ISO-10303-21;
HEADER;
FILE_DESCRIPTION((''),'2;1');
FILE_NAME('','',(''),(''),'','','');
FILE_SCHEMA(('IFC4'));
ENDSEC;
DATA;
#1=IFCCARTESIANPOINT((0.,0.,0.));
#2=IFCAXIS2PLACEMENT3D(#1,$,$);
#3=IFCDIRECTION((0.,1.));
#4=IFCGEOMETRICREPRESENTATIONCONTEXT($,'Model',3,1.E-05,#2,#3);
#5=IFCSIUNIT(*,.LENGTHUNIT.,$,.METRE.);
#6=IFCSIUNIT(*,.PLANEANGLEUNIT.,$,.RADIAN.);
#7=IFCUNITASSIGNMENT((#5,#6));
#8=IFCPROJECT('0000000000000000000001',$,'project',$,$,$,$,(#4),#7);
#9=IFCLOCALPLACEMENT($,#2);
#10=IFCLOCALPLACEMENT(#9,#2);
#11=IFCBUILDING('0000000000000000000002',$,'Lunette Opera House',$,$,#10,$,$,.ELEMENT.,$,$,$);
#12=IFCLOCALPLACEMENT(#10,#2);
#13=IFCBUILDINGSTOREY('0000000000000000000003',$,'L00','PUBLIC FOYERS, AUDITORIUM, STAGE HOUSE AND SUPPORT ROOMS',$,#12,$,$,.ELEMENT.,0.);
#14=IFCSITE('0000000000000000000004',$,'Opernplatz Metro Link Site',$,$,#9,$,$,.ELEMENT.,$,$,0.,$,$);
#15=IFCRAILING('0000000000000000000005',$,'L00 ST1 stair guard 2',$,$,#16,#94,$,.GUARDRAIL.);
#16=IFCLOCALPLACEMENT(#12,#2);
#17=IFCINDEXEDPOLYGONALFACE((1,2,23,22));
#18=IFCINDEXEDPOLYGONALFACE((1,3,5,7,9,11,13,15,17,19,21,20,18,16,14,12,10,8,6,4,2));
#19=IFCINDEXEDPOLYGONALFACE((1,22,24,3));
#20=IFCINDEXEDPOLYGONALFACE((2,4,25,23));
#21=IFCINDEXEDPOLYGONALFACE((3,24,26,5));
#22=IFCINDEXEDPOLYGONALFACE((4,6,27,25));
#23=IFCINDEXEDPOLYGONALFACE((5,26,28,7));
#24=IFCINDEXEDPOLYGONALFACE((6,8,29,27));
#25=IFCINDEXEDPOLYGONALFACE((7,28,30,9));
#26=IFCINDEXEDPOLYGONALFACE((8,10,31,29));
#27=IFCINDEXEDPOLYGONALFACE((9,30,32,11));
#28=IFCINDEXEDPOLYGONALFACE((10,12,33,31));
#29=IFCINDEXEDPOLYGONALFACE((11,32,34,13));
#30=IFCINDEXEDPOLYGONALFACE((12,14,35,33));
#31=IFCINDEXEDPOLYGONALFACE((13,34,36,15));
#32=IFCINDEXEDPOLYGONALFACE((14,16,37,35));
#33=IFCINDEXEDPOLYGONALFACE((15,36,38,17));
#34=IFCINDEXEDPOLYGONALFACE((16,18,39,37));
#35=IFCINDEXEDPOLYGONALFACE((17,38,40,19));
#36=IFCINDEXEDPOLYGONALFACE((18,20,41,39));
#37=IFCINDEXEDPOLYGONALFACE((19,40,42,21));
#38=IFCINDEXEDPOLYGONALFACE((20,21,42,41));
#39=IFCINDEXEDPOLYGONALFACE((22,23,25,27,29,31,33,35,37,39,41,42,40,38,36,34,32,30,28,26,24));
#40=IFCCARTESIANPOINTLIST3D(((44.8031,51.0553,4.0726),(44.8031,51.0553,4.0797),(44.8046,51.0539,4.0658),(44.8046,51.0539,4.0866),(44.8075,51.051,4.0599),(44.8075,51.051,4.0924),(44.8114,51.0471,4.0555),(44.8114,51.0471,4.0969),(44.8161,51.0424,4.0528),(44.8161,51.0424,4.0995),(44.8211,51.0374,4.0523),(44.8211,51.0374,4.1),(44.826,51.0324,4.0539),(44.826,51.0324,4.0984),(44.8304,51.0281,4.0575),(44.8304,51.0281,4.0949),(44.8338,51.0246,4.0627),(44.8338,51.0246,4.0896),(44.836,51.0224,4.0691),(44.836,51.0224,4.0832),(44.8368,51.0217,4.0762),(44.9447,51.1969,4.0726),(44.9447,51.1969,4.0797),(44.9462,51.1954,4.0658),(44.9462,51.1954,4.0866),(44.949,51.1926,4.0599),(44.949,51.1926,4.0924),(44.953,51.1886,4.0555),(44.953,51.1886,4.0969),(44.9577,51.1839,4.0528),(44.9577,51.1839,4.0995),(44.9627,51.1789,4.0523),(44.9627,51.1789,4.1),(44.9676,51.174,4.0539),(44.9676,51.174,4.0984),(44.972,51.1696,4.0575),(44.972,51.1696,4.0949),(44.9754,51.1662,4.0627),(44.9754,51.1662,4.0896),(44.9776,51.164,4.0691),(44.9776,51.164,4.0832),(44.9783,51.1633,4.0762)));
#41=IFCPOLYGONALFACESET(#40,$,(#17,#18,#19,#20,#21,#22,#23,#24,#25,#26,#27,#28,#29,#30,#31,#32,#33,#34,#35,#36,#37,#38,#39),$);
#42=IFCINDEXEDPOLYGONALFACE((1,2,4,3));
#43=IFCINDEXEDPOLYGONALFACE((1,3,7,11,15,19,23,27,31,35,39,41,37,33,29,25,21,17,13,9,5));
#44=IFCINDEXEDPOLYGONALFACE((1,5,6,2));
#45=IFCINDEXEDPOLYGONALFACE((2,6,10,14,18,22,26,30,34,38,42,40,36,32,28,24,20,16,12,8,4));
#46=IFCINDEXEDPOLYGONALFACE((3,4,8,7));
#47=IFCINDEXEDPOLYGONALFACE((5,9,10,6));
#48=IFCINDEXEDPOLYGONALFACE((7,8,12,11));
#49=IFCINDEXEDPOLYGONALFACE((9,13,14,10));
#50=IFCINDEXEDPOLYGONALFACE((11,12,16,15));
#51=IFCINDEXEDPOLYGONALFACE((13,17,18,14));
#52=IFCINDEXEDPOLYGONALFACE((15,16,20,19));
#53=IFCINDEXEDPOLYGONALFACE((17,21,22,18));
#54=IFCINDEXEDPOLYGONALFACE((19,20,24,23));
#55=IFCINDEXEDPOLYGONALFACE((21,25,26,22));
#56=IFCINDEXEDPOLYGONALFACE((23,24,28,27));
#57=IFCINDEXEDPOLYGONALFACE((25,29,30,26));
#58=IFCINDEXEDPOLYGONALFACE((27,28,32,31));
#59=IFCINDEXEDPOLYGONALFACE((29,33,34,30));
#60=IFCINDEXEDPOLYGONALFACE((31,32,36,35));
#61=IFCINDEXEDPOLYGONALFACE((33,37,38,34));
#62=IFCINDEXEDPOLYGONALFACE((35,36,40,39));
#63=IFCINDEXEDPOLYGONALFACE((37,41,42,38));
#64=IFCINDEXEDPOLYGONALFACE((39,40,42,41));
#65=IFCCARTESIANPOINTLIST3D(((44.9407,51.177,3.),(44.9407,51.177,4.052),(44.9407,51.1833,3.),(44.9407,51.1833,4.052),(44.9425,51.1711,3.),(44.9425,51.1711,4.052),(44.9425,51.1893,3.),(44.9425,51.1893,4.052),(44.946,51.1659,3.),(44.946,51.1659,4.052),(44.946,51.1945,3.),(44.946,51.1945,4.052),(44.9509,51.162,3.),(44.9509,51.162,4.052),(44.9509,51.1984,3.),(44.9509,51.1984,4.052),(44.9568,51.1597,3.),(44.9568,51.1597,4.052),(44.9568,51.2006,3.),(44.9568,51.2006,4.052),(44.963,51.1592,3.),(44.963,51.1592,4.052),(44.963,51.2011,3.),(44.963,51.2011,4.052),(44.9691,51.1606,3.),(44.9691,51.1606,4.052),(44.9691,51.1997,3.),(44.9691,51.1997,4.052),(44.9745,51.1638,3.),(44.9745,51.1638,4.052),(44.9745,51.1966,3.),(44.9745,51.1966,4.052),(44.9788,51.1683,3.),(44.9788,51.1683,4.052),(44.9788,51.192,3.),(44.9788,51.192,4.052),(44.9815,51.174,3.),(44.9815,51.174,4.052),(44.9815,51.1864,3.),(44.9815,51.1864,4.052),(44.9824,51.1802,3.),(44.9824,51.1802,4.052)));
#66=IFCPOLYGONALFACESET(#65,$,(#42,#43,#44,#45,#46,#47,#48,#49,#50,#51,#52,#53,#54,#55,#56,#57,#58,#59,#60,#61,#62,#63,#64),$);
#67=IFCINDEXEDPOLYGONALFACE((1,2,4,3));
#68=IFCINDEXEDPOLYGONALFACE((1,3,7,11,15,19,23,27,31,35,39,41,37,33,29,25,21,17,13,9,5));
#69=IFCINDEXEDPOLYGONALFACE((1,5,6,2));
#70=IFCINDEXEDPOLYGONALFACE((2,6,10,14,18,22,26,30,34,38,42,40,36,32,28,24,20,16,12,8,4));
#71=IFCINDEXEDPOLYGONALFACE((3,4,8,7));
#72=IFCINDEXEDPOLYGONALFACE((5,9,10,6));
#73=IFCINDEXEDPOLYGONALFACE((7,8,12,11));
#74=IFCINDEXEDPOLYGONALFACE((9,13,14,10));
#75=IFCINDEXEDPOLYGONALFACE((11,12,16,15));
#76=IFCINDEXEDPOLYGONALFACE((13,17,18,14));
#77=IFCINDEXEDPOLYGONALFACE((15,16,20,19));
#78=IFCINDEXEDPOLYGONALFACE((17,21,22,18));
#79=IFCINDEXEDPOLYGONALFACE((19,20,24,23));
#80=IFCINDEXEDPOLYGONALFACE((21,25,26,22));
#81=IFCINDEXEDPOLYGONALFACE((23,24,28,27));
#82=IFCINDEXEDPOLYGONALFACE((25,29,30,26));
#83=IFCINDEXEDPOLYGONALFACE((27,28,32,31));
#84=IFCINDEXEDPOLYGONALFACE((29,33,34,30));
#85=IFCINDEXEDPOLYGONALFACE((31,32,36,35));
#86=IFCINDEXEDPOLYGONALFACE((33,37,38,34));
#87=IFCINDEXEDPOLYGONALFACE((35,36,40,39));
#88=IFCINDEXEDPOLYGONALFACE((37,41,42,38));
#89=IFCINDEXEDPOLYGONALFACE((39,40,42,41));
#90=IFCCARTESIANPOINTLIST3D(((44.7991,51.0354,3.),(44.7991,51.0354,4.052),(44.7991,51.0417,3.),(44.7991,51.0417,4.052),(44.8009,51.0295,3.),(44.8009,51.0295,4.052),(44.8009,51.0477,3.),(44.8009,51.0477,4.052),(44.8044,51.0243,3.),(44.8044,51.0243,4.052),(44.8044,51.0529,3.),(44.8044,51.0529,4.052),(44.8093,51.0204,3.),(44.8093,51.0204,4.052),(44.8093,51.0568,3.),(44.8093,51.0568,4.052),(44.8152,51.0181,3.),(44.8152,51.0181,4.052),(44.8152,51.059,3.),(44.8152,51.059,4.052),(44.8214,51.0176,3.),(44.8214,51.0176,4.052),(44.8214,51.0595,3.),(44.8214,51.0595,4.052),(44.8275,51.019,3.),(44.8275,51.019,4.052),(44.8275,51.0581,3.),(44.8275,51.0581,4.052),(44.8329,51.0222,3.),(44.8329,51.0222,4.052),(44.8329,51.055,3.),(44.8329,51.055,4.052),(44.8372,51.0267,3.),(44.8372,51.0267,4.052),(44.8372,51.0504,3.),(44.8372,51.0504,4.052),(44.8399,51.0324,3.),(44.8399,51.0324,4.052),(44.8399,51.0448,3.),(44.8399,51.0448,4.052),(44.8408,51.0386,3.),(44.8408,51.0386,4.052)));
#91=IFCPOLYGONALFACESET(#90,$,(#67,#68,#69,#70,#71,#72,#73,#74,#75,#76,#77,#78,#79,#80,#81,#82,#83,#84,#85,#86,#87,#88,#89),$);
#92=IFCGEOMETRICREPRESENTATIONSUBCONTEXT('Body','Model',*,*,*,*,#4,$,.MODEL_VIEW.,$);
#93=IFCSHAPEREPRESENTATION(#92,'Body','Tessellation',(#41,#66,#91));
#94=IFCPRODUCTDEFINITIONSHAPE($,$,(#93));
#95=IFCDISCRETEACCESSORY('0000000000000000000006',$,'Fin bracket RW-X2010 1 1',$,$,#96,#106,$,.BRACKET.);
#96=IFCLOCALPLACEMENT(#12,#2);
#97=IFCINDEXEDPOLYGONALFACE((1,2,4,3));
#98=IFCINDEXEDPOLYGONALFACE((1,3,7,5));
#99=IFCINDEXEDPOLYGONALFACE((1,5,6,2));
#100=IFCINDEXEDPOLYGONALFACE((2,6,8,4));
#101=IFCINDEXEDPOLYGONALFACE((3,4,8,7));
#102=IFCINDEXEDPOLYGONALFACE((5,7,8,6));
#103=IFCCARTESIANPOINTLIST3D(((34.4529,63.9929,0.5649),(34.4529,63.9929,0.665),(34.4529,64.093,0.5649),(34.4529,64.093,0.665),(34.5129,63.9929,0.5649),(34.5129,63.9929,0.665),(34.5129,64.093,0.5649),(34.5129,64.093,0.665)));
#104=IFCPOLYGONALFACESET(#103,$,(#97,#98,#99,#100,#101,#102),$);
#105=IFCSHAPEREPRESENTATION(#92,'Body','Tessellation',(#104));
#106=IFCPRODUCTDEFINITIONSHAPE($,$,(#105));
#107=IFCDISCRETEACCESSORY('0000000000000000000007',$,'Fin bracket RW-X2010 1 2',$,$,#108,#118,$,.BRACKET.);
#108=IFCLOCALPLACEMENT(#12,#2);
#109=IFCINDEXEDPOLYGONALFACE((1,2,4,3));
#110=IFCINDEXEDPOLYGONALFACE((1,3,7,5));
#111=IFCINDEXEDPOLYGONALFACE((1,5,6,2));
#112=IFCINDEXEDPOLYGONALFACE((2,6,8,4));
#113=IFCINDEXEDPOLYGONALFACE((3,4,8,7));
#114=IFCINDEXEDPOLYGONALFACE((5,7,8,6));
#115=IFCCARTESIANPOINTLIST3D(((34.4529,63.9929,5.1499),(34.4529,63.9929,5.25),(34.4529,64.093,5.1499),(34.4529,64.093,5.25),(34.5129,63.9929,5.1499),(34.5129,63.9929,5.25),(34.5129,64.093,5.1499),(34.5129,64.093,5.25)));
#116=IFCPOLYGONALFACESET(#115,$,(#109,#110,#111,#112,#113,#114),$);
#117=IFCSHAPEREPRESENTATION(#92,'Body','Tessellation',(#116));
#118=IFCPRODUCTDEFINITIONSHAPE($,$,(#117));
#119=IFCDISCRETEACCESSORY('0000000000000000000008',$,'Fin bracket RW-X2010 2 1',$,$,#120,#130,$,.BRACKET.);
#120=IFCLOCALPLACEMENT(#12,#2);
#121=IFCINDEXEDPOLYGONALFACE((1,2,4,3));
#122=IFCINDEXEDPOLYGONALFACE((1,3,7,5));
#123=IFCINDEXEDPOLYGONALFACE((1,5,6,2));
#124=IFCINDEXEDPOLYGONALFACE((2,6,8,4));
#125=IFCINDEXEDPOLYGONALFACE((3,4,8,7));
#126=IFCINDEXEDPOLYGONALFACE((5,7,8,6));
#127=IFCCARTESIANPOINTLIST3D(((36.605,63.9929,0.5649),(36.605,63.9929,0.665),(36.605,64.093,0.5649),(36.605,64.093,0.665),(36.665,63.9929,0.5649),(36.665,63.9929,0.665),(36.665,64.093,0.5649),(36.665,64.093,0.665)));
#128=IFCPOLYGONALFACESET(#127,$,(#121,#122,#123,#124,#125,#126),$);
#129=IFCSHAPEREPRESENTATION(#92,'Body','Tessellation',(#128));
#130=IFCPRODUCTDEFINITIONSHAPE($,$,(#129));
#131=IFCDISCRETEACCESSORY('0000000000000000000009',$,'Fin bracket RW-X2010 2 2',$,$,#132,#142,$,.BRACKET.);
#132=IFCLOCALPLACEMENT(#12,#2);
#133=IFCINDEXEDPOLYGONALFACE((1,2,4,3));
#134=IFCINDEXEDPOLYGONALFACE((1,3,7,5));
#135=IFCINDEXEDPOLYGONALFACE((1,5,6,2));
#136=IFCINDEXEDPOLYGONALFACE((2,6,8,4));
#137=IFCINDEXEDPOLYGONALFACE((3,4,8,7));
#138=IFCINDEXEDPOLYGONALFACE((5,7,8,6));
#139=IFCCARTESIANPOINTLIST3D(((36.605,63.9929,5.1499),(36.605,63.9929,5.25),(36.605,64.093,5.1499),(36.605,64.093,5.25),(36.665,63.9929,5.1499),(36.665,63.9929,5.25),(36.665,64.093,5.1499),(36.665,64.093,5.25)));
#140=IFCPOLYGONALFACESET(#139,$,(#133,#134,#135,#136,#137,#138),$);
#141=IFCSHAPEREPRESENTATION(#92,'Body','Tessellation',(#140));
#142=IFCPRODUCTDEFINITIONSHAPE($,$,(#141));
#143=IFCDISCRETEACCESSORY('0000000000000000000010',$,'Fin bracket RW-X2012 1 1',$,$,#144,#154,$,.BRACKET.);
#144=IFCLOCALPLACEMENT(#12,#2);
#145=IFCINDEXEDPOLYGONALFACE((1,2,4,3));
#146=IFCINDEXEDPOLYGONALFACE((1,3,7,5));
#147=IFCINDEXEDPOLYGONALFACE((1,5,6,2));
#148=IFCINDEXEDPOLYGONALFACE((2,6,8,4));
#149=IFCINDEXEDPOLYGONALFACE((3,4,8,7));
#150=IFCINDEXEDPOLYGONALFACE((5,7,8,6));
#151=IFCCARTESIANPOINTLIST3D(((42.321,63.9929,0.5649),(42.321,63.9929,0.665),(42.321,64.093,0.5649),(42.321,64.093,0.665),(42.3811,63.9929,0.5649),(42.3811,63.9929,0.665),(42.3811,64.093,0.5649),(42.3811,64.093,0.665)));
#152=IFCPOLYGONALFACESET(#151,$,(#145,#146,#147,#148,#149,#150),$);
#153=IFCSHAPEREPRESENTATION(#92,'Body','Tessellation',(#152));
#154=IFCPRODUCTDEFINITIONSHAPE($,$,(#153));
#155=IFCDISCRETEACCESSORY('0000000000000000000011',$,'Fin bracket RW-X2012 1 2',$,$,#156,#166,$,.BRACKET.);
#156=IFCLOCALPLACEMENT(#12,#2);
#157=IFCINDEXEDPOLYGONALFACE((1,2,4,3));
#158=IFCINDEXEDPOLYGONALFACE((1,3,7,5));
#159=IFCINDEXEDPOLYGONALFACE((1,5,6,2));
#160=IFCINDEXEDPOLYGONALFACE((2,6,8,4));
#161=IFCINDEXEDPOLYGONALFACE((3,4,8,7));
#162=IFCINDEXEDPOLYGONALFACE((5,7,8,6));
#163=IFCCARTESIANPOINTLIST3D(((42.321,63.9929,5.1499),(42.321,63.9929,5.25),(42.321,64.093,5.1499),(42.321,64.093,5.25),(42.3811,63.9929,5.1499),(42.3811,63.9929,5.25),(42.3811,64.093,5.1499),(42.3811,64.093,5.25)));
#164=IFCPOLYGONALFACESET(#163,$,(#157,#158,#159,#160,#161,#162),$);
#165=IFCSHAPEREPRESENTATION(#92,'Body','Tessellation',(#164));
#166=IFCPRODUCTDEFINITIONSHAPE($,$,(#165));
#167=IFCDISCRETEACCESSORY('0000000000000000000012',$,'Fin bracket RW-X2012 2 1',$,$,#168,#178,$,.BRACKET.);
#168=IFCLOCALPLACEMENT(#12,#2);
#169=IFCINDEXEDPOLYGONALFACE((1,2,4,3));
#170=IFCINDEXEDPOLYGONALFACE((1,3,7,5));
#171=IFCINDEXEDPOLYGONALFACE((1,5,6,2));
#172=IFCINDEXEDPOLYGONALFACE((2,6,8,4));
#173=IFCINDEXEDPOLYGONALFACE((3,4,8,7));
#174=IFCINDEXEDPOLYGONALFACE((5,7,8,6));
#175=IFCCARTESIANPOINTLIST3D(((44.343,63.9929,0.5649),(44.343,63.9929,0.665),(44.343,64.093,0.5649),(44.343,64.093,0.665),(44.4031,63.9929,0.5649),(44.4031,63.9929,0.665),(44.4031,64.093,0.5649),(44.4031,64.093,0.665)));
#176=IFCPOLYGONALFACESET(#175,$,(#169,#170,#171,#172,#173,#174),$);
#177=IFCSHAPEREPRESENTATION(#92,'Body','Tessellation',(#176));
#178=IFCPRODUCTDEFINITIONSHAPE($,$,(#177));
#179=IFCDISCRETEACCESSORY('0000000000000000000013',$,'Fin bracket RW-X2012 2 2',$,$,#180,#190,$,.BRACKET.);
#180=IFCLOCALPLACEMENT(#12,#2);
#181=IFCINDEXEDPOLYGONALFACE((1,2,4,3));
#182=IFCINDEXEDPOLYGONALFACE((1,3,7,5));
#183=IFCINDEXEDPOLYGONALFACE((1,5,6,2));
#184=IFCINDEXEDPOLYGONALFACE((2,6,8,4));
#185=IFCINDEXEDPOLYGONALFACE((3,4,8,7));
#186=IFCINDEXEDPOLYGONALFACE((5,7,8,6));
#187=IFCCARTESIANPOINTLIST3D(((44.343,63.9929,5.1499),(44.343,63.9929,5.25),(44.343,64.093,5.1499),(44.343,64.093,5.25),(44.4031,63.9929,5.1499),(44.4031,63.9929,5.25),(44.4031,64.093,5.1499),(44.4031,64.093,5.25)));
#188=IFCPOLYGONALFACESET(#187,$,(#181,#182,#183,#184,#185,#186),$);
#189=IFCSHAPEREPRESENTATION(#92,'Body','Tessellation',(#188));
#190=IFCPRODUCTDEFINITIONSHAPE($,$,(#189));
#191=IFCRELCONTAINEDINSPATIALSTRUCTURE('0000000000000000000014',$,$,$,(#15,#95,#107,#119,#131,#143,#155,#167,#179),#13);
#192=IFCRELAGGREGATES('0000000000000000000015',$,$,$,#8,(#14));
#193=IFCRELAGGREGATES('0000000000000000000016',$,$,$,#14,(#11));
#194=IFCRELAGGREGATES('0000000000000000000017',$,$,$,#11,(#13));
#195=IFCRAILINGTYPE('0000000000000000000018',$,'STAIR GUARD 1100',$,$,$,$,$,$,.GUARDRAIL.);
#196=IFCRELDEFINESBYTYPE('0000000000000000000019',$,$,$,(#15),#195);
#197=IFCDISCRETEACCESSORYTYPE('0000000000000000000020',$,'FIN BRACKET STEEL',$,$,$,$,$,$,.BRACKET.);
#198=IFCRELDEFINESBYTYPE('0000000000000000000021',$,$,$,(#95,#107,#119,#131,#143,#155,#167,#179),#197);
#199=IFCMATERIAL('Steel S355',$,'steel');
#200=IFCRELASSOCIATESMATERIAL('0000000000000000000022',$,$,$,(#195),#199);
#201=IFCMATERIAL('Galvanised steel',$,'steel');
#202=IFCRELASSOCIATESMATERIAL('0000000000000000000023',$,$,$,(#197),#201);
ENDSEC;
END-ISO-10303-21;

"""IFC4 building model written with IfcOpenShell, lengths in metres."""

from ifc_helpers import new_model, si_unit, direction, frame, origin, origin_2d, place, context, subcontext, project, spatial, rectangle, circle, extrude, material, type_object, element, save


model = new_model("IFC4")

# Units and contexts
model_context = context("Model", 3, precision=1e-05, world=origin(), true_north=direction((0.0, 1.0)))
body_context = subcontext(model_context, "Body", "Model", "MODEL_VIEW")
ifc_project = project(units=[si_unit("LENGTHUNIT", "METRE"), si_unit("PLANEANGLEUNIT", "RADIAN")], contexts=[model_context])

# Site, building, storey
site_placement = place(None, origin())
site = spatial("IfcSite", under=ifc_project, at=site_placement, Name="Opernplatz Metro Link Site", CompositionType="ELEMENT", RefElevation=0.0)
building_placement = place(site_placement, origin())
building = spatial("IfcBuilding", under=site, at=building_placement, Name="Lunette Opera House", CompositionType="ELEMENT")
storey_placement = place(building_placement, origin())
storey = spatial("IfcBuildingStorey", under=building, at=storey_placement, Name="L00", Description="PUBLIC FOYERS, AUDITORIUM, STAGE HOUSE AND SUPPORT ROOMS", CompositionType="ELEMENT", Elevation=0.0)

# Railing
ifc_material_1 = material(Name="Steel S355", Category="steel")
railing_type_1 = type_object("IfcRailingType", Name="STAIR GUARD 1100", PredefinedType="GUARDRAIL", material=ifc_material_1)
railing_1_placement = place(storey_placement, frame((44.9614, 51.1802, 3.0)))
element("IfcRailing", 1, at=railing_1_placement, inside=storey, type_object=railing_type_1, Name="L00 ST1 stair guard 2", PredefinedType="GUARDRAIL", context=body_context, shape_type="SweptSolid", body=[
    extrude(circle(Radius=0.0239, at=origin_2d()), frame((0.0, 0.0, 1.0762), z_axis=(-0.707107, -0.707107, 0.0), x_axis=(0.707107, -0.707107, 0.0)), (0.0, 0.0, 1.0), 0.2002),
    extrude(circle(Radius=0.021, at=origin_2d()), origin(), (0.0, 0.0, 1.0), 1.052),
    extrude(circle(Radius=0.021, at=origin_2d()), frame((-0.1416, -0.1416, 0.0)), (0.0, 0.0, 1.0), 1.052),
])

# Discrete accessories
ifc_material_2 = material(Name="Galvanised steel", Category="steel")
discrete_accessory_type = type_object("IfcDiscreteAccessoryType", Name="FIN BRACKET STEEL", PredefinedType="BRACKET", material=ifc_material_2)
for number, where, z_axis, x_axis, name in (
    (2, (34.4829, 64.043, 0.5649), (0.0, 0.0, 1.0), (0.0, -1.0, 0.0), "Fin bracket RW-X2010 1 1"),
    (3, (34.4829, 64.043, 5.1499), (0.0, 0.0, 1.0), (0.0, -1.0, 0.0), "Fin bracket RW-X2010 1 2"),
    (4, (36.635, 64.043, 0.5649), (0.0, 0.0, 1.0), (0.0, -1.0, 0.0), "Fin bracket RW-X2010 2 1"),
    (5, (36.635, 64.043, 5.1499), (0.0, 0.0, 1.0), (0.0, -1.0, 0.0), "Fin bracket RW-X2010 2 2"),
    (6, (42.3511, 64.043, 0.5649), (0.0, 0.0, 1.0), (0.0, -1.0, 0.0), "Fin bracket RW-X2012 1 1"),
    (7, (42.3511, 64.043, 5.1499), (0.0, 0.0, 1.0), (0.0, -1.0, 0.0), "Fin bracket RW-X2012 1 2"),
    (8, (44.373, 64.043, 0.5649), (0.0, 0.0, 1.0), (0.0, -1.0, 0.0), "Fin bracket RW-X2012 2 1"),
    (9, (44.373, 64.043, 5.1499), (0.0, 0.0, 1.0), (0.0, -1.0, 0.0), "Fin bracket RW-X2012 2 2"),
):
    element("IfcDiscreteAccessory", number, at=place(storey_placement, frame(where, z_axis=z_axis, x_axis=x_axis)), inside=storey, type_object=discrete_accessory_type, Name=name, PredefinedType="BRACKET", context=body_context, shape_type="SweptSolid", body=[
        extrude(rectangle(XDim=0.1001, YDim=0.0601, at=origin_2d()), origin(), (0.0, 0.0, 1.0), 0.1001),
    ])

save(model, "model.ifc")
